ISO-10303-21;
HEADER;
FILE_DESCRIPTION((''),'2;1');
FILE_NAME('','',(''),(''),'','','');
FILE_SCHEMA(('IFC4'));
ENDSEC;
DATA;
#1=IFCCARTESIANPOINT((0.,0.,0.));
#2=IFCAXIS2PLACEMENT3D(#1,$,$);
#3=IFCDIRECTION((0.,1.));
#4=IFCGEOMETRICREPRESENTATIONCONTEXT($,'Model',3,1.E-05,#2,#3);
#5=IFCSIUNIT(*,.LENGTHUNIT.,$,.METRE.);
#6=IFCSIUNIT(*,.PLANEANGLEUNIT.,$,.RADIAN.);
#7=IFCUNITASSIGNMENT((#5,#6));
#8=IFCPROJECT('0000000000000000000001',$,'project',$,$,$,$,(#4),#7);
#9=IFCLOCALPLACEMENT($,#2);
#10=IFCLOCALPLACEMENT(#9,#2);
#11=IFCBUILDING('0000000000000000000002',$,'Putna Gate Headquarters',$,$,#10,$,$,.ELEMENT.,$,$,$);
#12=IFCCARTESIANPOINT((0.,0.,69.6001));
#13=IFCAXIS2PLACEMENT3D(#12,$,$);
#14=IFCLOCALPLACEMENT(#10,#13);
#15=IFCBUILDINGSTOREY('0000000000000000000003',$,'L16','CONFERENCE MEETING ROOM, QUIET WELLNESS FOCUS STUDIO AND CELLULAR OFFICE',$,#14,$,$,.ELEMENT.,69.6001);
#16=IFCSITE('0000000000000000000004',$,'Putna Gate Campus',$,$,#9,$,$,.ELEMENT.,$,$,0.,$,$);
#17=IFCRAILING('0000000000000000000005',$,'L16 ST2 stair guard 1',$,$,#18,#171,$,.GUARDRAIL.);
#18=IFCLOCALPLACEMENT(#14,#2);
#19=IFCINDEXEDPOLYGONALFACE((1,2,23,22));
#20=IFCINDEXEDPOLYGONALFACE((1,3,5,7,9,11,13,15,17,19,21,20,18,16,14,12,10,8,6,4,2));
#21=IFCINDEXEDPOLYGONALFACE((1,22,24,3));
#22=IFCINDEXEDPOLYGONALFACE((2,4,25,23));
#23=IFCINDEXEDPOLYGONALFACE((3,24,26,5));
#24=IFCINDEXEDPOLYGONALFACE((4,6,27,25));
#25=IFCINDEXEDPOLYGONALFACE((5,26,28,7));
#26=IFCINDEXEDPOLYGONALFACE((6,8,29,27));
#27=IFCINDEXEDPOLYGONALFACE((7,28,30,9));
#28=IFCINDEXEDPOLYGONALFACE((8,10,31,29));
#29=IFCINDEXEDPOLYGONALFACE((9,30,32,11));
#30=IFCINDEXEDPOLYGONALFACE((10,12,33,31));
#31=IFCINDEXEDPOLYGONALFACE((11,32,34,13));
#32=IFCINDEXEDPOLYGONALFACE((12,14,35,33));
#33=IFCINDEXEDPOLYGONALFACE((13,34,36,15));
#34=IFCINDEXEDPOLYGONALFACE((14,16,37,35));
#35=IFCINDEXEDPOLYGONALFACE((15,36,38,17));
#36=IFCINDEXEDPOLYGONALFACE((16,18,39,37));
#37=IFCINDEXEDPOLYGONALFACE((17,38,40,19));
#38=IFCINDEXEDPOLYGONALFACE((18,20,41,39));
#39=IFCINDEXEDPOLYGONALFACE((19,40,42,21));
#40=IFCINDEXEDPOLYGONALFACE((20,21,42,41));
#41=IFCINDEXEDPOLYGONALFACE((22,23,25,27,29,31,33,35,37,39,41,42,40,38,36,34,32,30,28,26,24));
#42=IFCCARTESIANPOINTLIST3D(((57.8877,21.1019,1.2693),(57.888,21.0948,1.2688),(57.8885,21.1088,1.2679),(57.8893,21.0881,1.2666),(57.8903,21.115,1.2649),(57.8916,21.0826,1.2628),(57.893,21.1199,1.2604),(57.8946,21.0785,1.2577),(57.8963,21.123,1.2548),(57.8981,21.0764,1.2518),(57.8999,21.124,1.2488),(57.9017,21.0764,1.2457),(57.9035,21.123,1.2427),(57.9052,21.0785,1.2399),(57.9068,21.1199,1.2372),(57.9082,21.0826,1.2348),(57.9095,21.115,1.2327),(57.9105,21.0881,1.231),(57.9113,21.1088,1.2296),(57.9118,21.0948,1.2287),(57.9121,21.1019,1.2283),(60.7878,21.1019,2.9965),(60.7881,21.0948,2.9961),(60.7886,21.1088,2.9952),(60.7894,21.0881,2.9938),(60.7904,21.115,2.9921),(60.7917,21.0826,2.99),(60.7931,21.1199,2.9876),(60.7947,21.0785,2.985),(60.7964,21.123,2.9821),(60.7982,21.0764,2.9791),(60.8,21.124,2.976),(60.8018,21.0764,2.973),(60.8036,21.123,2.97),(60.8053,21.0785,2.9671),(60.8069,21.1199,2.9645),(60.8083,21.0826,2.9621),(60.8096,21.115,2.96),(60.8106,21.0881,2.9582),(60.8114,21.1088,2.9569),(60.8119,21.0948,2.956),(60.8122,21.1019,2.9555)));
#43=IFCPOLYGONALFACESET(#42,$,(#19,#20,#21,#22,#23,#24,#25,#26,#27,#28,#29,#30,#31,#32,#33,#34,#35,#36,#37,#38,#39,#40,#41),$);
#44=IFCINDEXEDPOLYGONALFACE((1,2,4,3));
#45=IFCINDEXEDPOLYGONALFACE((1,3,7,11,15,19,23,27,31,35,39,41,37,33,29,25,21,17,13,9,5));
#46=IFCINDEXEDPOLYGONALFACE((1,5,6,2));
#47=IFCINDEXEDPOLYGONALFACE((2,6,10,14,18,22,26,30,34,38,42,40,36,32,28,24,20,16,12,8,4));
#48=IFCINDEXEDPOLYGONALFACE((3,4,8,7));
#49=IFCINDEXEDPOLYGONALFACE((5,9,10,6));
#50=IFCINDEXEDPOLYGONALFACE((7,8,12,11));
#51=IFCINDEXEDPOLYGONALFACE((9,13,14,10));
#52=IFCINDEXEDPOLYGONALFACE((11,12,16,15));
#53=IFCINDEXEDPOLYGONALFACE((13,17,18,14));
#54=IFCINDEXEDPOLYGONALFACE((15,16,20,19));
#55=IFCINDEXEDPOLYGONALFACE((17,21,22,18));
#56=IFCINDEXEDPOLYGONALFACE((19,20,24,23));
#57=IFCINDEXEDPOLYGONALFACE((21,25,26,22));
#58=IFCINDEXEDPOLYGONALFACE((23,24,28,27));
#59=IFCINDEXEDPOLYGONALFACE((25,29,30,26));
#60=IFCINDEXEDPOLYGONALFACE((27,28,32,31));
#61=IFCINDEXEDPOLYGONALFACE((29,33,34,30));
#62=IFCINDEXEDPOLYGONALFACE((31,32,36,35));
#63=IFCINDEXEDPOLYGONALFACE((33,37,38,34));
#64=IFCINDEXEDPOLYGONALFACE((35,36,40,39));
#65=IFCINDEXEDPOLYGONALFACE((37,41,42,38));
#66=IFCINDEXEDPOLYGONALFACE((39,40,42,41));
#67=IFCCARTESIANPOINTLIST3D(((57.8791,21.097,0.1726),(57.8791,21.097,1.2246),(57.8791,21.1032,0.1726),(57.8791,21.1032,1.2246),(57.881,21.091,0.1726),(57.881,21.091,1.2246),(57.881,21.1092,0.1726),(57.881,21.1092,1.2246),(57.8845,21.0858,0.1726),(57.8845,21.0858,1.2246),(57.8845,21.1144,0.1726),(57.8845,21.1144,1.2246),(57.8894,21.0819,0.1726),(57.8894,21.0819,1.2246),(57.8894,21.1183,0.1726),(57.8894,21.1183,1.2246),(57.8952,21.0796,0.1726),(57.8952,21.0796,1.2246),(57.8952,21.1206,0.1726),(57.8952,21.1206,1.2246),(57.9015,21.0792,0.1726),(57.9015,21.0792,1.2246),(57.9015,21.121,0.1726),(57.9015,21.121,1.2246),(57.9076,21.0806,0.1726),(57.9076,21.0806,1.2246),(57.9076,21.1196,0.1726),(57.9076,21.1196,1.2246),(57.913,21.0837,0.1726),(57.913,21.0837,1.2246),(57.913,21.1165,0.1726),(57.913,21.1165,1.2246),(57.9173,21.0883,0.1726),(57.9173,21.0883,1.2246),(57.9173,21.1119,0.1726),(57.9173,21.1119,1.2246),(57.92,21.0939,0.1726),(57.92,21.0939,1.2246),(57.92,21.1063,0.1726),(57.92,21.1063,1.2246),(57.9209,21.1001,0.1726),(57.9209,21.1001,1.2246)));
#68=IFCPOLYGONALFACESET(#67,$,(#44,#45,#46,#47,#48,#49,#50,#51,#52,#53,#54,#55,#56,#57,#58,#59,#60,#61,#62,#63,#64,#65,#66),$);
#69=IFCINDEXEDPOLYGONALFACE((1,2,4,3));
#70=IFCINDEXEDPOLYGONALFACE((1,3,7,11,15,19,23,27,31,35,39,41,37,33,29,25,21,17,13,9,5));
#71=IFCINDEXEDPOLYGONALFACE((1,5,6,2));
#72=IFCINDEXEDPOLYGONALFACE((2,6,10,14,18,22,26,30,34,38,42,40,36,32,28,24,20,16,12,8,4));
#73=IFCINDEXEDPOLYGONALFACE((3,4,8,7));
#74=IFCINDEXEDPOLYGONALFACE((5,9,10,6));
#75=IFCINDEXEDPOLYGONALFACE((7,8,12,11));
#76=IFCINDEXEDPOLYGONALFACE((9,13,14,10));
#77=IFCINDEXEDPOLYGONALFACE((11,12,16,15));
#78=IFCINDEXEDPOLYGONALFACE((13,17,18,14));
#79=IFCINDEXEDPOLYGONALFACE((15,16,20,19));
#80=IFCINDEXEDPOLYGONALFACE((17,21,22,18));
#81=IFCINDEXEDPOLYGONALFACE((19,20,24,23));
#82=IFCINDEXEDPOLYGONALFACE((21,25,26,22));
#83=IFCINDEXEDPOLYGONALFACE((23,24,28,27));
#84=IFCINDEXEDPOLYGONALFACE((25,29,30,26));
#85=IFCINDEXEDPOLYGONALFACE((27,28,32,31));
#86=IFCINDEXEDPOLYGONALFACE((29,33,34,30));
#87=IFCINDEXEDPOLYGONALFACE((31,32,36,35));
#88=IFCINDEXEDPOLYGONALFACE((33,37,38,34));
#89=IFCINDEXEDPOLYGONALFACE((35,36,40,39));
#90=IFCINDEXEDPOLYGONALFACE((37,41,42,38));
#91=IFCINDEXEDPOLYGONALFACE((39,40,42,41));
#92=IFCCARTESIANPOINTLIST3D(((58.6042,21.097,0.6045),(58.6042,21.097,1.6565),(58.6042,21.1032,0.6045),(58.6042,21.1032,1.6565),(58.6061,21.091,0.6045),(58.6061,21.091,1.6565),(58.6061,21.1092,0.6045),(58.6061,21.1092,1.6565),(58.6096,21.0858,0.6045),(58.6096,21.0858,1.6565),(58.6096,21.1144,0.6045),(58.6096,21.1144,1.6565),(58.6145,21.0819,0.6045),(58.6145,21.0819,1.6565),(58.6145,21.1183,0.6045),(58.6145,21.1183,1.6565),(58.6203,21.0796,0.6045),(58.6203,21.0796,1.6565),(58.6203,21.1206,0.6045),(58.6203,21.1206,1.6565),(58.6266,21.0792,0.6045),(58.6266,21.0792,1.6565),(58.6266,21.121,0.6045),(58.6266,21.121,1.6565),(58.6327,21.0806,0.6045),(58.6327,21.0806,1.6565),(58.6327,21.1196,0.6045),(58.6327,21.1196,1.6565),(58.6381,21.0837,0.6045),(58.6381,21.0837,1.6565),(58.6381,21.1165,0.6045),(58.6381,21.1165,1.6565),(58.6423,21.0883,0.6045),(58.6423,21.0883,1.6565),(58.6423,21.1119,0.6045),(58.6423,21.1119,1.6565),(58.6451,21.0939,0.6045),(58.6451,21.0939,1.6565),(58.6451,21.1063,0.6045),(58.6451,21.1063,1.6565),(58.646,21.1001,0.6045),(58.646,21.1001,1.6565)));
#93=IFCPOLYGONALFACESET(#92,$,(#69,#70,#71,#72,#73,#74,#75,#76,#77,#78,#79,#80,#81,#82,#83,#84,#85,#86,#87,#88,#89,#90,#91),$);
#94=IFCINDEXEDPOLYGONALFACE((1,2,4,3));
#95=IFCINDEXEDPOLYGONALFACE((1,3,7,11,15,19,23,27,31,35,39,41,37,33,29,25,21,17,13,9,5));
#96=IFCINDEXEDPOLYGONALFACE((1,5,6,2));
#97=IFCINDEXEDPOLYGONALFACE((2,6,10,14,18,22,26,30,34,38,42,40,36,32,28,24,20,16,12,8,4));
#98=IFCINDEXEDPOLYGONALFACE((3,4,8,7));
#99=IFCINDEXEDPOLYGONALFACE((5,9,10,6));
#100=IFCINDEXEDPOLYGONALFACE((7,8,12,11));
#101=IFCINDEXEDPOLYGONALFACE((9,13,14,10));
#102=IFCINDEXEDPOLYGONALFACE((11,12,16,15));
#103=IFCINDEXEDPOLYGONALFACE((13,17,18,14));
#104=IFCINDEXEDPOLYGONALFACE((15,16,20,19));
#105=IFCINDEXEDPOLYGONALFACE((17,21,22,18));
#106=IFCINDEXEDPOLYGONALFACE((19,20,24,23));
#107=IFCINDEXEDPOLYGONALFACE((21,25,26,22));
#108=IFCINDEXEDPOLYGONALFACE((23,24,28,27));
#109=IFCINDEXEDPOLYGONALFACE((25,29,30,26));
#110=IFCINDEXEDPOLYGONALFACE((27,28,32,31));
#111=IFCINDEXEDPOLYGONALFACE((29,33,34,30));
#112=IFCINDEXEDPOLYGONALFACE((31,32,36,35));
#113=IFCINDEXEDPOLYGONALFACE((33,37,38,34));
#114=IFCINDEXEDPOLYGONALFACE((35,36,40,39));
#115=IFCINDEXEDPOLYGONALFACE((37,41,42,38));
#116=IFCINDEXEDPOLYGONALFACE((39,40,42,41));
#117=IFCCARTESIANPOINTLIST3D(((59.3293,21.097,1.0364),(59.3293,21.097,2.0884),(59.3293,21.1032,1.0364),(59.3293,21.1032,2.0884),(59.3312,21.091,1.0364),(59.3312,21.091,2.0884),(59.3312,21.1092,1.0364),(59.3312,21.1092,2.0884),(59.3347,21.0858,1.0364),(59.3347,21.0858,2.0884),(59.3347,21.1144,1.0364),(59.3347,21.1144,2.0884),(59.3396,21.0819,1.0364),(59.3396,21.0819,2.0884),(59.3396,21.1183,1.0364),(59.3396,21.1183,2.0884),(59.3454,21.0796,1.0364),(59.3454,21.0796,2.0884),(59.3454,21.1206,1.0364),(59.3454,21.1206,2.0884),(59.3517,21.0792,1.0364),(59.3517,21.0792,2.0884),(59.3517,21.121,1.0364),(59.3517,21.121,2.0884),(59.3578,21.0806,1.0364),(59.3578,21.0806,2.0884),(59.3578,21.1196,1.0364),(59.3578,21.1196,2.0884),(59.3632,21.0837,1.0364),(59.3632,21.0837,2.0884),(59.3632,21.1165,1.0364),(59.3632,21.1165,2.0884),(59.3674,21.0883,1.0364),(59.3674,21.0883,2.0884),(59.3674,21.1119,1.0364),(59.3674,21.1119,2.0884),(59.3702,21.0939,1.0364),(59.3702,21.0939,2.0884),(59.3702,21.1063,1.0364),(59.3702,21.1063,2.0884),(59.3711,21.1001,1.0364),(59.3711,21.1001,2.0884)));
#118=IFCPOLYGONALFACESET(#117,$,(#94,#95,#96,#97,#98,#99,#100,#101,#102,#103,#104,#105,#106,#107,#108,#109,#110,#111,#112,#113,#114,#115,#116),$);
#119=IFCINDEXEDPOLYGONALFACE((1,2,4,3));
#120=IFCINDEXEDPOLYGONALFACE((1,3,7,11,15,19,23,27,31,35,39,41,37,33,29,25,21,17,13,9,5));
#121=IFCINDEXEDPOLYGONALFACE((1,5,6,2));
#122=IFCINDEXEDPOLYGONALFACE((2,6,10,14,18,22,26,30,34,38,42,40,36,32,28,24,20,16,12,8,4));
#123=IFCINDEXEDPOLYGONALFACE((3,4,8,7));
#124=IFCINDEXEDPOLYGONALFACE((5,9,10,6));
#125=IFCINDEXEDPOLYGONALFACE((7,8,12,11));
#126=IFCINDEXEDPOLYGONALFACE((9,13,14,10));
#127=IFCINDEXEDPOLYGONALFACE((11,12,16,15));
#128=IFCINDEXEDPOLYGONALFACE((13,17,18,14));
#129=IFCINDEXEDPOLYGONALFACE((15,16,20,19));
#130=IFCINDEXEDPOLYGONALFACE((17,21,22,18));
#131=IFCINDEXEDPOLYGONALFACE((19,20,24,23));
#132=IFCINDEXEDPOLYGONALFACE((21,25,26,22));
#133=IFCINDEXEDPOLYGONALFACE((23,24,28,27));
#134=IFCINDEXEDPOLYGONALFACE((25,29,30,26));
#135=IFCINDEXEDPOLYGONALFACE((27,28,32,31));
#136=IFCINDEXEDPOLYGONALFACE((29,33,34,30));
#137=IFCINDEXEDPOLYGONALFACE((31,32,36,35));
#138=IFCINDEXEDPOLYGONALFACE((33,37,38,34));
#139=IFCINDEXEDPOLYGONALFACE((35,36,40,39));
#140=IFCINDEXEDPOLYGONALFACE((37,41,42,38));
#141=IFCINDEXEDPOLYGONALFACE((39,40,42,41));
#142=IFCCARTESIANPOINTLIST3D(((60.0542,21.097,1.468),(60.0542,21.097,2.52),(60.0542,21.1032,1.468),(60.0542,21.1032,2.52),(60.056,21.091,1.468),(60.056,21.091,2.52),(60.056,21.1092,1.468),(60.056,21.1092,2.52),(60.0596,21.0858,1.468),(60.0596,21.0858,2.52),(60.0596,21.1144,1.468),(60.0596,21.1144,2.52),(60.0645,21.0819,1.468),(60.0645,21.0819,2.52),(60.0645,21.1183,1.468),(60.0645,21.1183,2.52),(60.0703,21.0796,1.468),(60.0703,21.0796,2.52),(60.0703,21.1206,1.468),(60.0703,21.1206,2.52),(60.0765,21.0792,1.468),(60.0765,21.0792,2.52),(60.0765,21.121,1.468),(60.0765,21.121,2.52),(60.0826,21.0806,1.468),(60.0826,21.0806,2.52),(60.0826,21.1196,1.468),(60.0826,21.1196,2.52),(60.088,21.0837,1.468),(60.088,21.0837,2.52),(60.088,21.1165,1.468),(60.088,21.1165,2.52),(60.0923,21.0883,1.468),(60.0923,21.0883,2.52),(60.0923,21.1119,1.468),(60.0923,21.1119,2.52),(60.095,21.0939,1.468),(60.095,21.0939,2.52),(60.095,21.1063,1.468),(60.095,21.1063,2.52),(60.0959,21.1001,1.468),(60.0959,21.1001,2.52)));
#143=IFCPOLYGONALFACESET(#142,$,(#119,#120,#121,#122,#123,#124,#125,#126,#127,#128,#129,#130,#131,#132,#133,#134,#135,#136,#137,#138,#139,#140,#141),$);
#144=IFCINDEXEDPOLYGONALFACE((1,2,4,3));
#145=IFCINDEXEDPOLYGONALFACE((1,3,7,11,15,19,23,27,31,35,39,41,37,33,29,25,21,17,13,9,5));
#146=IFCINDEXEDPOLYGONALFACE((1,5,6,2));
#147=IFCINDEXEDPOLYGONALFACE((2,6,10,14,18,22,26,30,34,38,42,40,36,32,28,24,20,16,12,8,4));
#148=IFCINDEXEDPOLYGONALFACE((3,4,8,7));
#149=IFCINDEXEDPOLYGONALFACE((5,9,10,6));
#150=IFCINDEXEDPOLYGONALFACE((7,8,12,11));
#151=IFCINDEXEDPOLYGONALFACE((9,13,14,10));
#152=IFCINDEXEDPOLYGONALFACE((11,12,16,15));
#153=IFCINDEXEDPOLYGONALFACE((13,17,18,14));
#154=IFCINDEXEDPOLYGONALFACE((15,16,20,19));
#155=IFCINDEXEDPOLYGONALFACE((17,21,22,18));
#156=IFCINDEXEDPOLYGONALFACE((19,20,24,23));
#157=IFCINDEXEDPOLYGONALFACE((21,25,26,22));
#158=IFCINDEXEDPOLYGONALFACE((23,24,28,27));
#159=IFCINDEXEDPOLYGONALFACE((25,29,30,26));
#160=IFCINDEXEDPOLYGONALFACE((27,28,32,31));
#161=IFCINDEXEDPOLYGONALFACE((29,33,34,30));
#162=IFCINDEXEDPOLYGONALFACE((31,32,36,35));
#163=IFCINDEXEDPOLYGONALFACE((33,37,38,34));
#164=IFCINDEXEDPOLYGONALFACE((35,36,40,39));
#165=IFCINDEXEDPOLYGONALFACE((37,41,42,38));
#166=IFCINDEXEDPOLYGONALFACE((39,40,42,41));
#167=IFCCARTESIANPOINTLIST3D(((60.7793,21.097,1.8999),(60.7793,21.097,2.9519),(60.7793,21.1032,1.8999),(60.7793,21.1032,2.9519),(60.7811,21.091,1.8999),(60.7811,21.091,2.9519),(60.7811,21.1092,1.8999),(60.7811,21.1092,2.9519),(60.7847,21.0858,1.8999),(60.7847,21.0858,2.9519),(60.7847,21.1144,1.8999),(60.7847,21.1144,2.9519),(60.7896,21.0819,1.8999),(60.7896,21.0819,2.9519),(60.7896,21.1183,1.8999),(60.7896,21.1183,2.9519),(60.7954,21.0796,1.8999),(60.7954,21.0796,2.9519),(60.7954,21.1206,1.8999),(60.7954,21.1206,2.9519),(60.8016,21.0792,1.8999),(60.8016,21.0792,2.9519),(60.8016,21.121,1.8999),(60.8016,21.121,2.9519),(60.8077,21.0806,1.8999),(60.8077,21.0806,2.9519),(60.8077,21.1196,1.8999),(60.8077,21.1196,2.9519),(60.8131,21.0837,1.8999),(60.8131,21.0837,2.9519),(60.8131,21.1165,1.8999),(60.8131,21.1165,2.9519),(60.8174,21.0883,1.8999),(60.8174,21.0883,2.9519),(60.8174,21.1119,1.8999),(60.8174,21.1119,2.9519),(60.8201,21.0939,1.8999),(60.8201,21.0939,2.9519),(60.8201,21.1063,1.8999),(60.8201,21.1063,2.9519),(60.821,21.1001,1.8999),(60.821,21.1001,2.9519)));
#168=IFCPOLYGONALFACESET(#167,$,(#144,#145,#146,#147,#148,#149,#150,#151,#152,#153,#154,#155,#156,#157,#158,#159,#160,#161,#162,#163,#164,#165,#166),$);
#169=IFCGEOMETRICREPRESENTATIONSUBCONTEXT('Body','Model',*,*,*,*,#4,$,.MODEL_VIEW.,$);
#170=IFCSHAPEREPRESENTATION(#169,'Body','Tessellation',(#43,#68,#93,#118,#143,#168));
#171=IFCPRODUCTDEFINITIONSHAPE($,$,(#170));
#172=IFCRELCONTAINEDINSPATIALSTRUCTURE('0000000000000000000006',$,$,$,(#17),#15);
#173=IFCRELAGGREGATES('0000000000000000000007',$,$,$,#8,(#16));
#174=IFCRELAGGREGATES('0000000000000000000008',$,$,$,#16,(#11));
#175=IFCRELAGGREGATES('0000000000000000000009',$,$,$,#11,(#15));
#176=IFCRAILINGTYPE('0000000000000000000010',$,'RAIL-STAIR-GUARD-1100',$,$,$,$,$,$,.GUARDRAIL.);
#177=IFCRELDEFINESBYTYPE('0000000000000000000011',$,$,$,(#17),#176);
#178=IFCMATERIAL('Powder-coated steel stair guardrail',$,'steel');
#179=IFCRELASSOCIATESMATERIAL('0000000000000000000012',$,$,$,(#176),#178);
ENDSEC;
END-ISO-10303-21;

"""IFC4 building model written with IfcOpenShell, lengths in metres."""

from ifc_helpers import new_model, si_unit, direction, frame, origin, origin_2d, place, context, subcontext, project, spatial, circle, extrude, material, type_object, element, save


model = new_model("IFC4")

# Units and contexts
model_context = context("Model", 3, precision=1e-05, world=origin(), true_north=direction((0.0, 1.0)))
body_context = subcontext(model_context, "Body", "Model", "MODEL_VIEW")
ifc_project = project(units=[si_unit("LENGTHUNIT", "METRE"), si_unit("PLANEANGLEUNIT", "RADIAN")], contexts=[model_context])

# Site, building, storey
site_placement = place(None, origin())
site = spatial("IfcSite", under=ifc_project, at=site_placement, Name="Putna Gate Campus", CompositionType="ELEMENT", RefElevation=0.0)
building_placement = place(site_placement, origin())
building = spatial("IfcBuilding", under=site, at=building_placement, Name="Putna Gate Headquarters", CompositionType="ELEMENT")
storey_placement = place(building_placement, frame((0.0, 0.0, 69.6001)))
storey = spatial("IfcBuildingStorey", under=building, at=storey_placement, Name="L16", Description="CONFERENCE MEETING ROOM, QUIET WELLNESS FOCUS STUDIO AND CELLULAR OFFICE", CompositionType="ELEMENT", Elevation=69.6001)

# Railing
ifc_material_1 = material(Name="Powder-coated steel stair guardrail", Category="steel")
railing_type_1 = type_object("IfcRailingType", Name="RAIL-STAIR-GUARD-1100", PredefinedType="GUARDRAIL", material=ifc_material_1)
railing_1_placement = place(storey_placement, frame((57.8999, 21.1001, 0.1726)))
element("IfcRailing", 1, at=railing_1_placement, inside=storey, type_object=railing_type_1, Name="L16 ST2 stair guard 1", PredefinedType="GUARDRAIL", context=body_context, shape_type="SweptSolid", body=[
    extrude(circle(Radius=0.0239, at=origin_2d()), frame((0.0, 0.0, 1.0762), z_axis=(0.85916, 0.0, 0.511706), x_axis=(0.0, 1.0, 0.0)), (0.0, 0.0, 1.0), 3.3755),
    extrude(circle(Radius=0.021, at=origin_2d()), origin(), (0.0, 0.0, 1.0), 1.052),
    extrude(circle(Radius=0.021, at=origin_2d()), frame((0.7251, 0.0, 0.4319)), (0.0, 0.0, 1.0), 1.052),
    extrude(circle(Radius=0.021, at=origin_2d()), frame((1.4502, 0.0, 0.8638)), (0.0, 0.0, 1.0), 1.052),
    extrude(circle(Radius=0.021, at=origin_2d()), frame((2.175, 0.0, 1.2954)), (0.0, 0.0, 1.0), 1.052),
    extrude(circle(Radius=0.021, at=origin_2d()), frame((2.9001, 0.0, 1.7273)), (0.0, 0.0, 1.0), 1.052),
])

save(model, "model.ifc")
